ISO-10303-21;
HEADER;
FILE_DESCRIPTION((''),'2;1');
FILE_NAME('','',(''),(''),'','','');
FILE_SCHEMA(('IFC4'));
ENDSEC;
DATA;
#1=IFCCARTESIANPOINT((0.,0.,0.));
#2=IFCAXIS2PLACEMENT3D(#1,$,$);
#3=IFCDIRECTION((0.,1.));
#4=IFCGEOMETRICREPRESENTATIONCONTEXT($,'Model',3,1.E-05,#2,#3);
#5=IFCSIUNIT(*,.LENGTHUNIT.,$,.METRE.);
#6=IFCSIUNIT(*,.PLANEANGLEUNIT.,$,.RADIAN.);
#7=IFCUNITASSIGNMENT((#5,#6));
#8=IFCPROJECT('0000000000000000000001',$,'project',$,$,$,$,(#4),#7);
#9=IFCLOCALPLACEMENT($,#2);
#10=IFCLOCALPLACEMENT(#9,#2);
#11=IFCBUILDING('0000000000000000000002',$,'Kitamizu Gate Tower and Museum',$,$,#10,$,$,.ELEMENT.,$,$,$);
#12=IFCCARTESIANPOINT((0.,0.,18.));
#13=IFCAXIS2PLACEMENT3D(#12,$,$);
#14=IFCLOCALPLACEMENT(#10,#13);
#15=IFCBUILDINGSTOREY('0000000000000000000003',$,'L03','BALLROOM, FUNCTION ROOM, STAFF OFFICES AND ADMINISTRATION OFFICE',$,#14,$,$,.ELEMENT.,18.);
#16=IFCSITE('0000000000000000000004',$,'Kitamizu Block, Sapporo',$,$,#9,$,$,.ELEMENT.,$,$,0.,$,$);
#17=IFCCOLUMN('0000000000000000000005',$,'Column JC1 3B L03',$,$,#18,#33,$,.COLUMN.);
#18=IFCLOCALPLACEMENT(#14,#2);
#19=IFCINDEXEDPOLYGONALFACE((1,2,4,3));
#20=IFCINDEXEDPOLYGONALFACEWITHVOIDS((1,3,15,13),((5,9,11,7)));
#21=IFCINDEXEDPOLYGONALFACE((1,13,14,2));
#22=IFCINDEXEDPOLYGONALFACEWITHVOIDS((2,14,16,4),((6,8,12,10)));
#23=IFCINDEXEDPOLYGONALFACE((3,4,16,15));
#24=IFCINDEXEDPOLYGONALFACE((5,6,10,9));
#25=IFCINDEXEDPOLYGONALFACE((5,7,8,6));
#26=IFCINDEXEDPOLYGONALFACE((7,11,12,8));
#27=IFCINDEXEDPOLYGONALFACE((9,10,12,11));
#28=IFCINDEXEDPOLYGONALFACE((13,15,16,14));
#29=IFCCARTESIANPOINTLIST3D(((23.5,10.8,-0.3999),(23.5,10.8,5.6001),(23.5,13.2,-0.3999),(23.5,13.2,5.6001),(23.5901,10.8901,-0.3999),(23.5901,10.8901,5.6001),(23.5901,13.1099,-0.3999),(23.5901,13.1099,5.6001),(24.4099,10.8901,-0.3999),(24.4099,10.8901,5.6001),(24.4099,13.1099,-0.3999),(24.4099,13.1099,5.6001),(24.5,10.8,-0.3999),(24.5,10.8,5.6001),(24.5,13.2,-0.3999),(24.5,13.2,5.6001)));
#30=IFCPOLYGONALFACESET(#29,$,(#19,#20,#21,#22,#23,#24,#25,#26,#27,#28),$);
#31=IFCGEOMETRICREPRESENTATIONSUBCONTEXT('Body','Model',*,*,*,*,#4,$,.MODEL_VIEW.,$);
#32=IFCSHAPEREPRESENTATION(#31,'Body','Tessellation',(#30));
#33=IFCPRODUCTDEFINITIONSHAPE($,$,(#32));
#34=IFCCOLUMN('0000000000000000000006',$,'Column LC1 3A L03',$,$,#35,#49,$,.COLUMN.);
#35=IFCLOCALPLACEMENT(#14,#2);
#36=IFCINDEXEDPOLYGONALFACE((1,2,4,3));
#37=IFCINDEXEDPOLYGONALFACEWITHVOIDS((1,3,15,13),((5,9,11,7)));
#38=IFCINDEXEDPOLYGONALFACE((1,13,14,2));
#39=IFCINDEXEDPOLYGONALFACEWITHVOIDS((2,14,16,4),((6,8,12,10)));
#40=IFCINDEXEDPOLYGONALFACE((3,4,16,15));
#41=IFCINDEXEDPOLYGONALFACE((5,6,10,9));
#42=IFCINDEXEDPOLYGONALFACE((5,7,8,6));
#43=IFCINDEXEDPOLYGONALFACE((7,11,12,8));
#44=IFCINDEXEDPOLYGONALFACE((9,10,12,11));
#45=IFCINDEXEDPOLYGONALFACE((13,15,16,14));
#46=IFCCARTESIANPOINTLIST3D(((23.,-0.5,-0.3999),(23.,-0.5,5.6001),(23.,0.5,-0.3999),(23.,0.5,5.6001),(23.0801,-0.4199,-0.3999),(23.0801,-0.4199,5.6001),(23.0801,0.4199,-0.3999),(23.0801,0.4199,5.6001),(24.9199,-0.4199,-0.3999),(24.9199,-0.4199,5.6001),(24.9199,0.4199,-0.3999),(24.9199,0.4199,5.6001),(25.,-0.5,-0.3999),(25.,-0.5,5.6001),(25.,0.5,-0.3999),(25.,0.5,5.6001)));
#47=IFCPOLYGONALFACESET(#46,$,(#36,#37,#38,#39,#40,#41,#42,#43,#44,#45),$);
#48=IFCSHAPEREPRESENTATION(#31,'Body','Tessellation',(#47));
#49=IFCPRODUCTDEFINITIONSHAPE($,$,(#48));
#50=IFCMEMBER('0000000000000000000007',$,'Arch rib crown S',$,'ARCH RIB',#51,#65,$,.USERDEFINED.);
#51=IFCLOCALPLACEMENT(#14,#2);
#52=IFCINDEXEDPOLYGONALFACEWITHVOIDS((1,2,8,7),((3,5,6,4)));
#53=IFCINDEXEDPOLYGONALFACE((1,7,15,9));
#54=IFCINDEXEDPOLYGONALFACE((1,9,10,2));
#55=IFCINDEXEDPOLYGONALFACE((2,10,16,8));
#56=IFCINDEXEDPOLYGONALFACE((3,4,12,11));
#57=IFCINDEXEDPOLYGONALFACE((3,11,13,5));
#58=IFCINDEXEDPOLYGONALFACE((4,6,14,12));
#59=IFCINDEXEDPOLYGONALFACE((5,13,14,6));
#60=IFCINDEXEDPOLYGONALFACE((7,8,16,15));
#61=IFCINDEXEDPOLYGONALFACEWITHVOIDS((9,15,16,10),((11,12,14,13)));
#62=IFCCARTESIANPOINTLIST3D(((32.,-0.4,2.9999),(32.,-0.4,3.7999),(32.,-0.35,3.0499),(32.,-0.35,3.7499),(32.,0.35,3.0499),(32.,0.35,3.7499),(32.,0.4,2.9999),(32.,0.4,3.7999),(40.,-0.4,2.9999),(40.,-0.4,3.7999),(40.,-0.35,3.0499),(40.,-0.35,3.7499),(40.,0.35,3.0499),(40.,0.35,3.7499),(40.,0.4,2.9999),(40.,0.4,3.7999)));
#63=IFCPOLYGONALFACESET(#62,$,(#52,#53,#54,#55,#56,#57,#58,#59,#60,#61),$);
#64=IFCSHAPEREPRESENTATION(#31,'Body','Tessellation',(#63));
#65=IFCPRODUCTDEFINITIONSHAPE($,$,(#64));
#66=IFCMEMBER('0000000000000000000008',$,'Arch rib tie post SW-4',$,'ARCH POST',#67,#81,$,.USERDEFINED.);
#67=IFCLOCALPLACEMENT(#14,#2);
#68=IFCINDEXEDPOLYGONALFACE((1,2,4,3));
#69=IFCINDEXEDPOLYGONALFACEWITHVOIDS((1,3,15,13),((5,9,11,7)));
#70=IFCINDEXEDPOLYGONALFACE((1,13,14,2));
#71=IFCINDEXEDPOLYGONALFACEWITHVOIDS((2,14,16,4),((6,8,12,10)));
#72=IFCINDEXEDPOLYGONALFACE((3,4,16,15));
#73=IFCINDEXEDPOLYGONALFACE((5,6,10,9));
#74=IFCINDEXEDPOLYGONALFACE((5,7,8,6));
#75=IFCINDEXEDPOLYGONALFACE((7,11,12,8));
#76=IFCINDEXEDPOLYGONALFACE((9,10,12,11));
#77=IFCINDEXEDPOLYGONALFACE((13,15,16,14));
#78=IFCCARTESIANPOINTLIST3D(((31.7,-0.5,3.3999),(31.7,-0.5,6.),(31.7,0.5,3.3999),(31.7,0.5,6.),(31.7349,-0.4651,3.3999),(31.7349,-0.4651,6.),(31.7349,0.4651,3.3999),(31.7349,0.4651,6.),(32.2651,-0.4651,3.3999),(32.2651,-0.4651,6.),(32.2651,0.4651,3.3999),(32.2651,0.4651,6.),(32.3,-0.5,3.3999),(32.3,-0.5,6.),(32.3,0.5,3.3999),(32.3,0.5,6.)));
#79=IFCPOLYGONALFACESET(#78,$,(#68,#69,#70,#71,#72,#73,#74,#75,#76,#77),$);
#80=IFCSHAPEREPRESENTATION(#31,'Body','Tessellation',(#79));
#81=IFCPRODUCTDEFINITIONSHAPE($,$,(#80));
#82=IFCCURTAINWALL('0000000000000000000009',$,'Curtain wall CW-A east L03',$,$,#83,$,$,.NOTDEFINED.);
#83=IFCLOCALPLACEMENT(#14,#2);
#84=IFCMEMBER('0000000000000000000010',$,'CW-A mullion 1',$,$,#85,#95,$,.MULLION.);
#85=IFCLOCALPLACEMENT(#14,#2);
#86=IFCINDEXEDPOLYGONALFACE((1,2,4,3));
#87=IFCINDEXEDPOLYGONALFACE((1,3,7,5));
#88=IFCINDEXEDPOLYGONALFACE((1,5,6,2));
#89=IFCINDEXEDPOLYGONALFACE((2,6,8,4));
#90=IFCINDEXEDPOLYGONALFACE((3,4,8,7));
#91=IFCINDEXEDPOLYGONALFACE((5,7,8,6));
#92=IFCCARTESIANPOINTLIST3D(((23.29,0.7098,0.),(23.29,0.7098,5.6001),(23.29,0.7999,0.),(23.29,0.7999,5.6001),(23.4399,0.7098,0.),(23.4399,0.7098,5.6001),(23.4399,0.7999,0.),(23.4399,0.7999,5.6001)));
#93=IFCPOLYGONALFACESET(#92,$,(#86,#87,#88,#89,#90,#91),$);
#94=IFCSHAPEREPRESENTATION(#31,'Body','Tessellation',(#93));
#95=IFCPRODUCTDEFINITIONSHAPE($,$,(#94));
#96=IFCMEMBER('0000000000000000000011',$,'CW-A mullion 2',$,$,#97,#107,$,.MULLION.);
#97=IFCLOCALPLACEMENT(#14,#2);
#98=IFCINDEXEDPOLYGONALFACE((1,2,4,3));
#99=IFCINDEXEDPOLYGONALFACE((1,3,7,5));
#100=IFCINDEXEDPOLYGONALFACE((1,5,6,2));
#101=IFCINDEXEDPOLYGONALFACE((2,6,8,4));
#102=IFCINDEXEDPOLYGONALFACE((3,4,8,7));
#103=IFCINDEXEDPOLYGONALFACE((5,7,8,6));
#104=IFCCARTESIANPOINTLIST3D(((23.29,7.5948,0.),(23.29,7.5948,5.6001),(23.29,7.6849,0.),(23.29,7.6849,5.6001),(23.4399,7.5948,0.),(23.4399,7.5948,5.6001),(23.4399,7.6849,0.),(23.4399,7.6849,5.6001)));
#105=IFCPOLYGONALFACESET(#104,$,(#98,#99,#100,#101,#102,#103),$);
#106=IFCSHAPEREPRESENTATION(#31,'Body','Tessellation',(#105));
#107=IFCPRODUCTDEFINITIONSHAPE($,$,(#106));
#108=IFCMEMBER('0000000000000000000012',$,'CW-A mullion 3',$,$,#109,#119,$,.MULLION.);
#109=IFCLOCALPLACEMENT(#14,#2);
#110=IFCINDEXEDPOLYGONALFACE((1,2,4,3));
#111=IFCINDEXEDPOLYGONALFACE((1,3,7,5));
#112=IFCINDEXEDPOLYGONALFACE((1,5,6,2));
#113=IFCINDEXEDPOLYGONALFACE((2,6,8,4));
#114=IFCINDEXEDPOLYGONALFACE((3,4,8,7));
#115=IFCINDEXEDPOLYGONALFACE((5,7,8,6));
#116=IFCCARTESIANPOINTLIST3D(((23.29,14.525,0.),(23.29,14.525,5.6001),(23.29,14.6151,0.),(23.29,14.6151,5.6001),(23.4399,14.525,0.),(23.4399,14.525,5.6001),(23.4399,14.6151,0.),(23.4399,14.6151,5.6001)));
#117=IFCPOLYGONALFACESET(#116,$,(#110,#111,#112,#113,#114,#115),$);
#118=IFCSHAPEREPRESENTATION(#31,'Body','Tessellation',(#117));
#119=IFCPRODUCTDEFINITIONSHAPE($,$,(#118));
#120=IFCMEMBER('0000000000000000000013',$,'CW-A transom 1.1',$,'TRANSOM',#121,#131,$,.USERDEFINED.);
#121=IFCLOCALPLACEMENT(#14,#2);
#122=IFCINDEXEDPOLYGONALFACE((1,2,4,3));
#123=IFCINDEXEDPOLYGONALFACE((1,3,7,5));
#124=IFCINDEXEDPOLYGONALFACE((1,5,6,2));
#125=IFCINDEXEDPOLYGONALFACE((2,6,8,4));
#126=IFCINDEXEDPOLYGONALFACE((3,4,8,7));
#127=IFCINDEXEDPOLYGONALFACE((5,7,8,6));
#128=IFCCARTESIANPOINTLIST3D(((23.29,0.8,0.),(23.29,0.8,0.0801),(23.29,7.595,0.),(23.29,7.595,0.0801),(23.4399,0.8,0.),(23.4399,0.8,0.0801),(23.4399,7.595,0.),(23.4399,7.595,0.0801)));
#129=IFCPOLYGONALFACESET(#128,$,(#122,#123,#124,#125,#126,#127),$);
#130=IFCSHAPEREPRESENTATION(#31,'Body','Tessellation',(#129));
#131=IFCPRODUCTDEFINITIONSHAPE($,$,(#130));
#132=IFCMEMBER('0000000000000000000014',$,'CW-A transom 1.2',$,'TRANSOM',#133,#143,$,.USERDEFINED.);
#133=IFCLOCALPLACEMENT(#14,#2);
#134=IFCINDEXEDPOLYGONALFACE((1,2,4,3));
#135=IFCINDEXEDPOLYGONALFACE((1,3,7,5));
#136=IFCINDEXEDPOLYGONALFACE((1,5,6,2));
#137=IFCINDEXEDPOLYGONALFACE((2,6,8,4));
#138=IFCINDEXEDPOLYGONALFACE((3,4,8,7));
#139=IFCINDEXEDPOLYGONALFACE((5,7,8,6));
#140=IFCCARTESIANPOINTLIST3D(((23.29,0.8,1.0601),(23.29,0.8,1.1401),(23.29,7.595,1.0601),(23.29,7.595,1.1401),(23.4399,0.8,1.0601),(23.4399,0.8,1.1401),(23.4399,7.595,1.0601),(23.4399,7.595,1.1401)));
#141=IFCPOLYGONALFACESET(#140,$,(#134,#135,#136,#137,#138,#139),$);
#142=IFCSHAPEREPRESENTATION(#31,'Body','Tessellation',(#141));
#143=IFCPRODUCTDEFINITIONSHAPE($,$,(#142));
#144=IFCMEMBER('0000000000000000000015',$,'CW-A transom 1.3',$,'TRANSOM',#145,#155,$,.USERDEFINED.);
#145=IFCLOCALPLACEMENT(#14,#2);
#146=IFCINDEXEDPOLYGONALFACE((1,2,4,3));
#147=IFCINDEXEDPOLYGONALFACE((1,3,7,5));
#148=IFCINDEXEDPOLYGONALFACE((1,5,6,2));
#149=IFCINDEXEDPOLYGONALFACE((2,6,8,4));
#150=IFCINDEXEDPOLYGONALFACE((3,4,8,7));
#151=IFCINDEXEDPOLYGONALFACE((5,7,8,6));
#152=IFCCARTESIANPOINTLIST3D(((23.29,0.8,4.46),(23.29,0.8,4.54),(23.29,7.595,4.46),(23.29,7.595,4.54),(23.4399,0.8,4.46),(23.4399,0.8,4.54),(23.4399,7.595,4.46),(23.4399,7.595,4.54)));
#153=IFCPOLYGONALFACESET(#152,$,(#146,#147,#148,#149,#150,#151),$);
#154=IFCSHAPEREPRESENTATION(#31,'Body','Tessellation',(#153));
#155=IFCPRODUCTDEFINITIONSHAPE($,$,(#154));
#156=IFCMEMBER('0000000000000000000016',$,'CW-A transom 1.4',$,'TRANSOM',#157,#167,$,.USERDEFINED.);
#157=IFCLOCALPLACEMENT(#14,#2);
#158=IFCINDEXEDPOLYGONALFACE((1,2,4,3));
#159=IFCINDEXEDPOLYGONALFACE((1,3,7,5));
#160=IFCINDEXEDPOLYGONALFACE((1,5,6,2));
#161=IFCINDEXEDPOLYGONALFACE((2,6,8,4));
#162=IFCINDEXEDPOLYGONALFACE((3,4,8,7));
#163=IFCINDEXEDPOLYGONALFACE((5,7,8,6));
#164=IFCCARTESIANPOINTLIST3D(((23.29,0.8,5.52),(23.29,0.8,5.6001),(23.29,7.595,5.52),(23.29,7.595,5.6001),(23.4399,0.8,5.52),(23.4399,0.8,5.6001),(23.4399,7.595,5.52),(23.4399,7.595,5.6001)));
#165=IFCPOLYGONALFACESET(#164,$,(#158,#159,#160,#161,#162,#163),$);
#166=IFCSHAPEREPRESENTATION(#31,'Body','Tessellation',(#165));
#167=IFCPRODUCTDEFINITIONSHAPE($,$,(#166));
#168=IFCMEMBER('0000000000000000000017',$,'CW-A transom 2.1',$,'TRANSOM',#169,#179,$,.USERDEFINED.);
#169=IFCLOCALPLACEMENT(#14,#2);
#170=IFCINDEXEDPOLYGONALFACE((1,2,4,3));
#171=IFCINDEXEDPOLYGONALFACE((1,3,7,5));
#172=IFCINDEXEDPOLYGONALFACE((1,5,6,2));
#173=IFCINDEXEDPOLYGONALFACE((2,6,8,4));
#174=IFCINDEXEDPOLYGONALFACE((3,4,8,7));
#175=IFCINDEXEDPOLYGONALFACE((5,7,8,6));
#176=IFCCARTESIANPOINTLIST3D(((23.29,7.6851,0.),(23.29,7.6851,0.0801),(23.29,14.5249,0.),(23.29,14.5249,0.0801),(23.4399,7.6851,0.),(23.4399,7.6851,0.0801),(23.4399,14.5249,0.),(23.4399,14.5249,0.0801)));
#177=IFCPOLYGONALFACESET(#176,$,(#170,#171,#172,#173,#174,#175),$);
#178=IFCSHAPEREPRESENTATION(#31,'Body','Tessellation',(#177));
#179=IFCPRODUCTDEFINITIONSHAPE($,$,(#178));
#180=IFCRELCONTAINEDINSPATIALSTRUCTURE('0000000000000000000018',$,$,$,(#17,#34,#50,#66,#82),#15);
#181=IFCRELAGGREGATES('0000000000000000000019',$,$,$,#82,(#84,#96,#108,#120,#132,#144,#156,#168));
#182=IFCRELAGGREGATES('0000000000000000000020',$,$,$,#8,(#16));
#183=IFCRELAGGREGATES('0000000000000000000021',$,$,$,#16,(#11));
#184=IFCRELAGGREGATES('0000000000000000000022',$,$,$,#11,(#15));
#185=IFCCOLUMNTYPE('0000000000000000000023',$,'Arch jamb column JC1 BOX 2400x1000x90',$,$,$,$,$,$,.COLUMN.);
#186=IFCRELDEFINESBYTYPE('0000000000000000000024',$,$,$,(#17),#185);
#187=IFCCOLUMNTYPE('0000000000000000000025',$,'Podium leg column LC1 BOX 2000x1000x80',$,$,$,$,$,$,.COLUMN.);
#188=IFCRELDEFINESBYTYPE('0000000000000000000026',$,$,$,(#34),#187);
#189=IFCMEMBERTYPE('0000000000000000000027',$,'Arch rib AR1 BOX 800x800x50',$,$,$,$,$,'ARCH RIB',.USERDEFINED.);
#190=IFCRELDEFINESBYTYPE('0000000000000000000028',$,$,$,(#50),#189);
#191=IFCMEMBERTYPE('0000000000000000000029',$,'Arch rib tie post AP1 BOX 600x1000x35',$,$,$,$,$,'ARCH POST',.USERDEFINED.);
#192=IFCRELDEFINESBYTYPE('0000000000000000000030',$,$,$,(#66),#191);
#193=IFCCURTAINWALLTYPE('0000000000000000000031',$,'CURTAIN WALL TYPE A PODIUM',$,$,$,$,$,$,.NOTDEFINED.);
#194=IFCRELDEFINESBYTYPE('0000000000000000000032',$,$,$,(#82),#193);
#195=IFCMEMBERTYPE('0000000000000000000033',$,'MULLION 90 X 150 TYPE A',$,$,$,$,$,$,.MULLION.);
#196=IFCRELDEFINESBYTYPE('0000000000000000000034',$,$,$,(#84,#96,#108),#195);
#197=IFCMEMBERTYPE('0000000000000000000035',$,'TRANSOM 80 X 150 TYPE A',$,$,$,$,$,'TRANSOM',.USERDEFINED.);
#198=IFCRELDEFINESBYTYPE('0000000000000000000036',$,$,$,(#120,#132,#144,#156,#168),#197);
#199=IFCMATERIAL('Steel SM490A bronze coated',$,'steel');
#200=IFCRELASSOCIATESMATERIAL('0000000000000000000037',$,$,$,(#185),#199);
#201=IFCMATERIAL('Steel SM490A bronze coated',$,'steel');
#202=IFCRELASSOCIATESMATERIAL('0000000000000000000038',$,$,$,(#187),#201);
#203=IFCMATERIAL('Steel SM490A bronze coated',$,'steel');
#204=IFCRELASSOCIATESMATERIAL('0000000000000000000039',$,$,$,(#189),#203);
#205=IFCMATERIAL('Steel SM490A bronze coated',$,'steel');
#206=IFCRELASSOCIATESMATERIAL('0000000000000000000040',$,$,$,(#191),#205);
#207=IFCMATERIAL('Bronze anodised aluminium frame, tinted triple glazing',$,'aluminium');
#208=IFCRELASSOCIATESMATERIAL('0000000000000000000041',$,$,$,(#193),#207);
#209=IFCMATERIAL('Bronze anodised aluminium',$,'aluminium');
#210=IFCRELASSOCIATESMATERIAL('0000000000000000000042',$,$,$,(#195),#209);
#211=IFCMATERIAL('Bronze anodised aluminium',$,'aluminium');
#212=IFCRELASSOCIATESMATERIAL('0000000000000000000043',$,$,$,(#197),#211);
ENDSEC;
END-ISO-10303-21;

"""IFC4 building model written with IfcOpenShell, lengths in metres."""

from ifc_helpers import new_model, si_unit, direction, frame, origin, origin_2d, place, context, subcontext, project, spatial, rectangle, hollow_rectangle, extrude, material, material_profile, profile_set, type_object, element, aggregate, save


model = new_model("IFC4")

# Units and contexts
model_context = context("Model", 3, precision=1e-05, world=origin(), true_north=direction((0.0, 1.0)))
body_context = subcontext(model_context, "Body", "Model", "MODEL_VIEW")
ifc_project = project(units=[si_unit("LENGTHUNIT", "METRE"), si_unit("PLANEANGLEUNIT", "RADIAN")], contexts=[model_context])

# Site, building, storey
site_placement = place(None, origin())
site = spatial("IfcSite", under=ifc_project, at=site_placement, Name="Kitamizu Block, Sapporo", CompositionType="ELEMENT", RefElevation=0.0)
building_placement = place(site_placement, origin())
building = spatial("IfcBuilding", under=site, at=building_placement, Name="Kitamizu Gate Tower and Museum", CompositionType="ELEMENT")
storey_placement = place(building_placement, frame((0.0, 0.0, 18.0)))
storey = spatial("IfcBuildingStorey", under=building, at=storey_placement, Name="L03", Description="BALLROOM, FUNCTION ROOM, STAFF OFFICES AND ADMINISTRATION OFFICE", CompositionType="ELEMENT", Elevation=18.0)

# Columns
ifc_material_1 = material(Name="Steel SM490A bronze coated", Category="steel")
ifc_material_profile_1 = material_profile(ifc_material_1, hollow_rectangle(XDim=2.3999, YDim=1.0, WallThickness=0.0901, at=origin_2d()), Name="BOX 2400x1000x90")
ifc_profile_set_1 = profile_set([ifc_material_profile_1], Name="Steel SM490A bronze coated")
column_type_1 = type_object("IfcColumnType", Name="Arch jamb column JC1 BOX 2400x1000x90", PredefinedType="COLUMN", material=ifc_profile_set_1)
column_1_placement = place(storey_placement, frame((24.0, 12.0, -0.3999), z_axis=(0.0, 0.0, 1.0), x_axis=(0.0, 1.0, 0.0)))
element("IfcColumn", 1, at=column_1_placement, inside=storey, type_object=column_type_1, Name="Column JC1 3B L03", PredefinedType="COLUMN", context=body_context, shape_type="SweptSolid", body=[
    extrude(hollow_rectangle(XDim=2.3999, YDim=1.0, WallThickness=0.0901, at=origin_2d()), origin(), (0.0, 0.0, 1.0), 6.0),
])
ifc_material_2 = material(Name="Steel SM490A bronze coated", Category="steel")
ifc_material_profile_2 = material_profile(ifc_material_2, hollow_rectangle(XDim=2.0, YDim=1.0, WallThickness=0.0801, at=origin_2d()), Name="BOX 2000x1000x80")
ifc_profile_set_2 = profile_set([ifc_material_profile_2], Name="Steel SM490A bronze coated")
column_type_2 = type_object("IfcColumnType", Name="Podium leg column LC1 BOX 2000x1000x80", PredefinedType="COLUMN", material=ifc_profile_set_2)
column_2_placement = place(storey_placement, frame((24.0, 0.0, -0.3999), z_axis=(0.0, 0.0, 1.0), x_axis=(1.0, 0.0, 0.0)))
element("IfcColumn", 2, at=column_2_placement, inside=storey, type_object=column_type_2, Name="Column LC1 3A L03", PredefinedType="COLUMN", context=body_context, shape_type="SweptSolid", body=[
    extrude(hollow_rectangle(XDim=2.0, YDim=1.0, WallThickness=0.0801, at=origin_2d()), origin(), (0.0, 0.0, 1.0), 6.0),
])

# Members
ifc_material_3 = material(Name="Steel SM490A bronze coated", Category="steel")
ifc_material_profile_3 = material_profile(ifc_material_3, hollow_rectangle(XDim=0.8, YDim=0.8, WallThickness=0.05, at=origin_2d()), Name="BOX 800x800x50")
ifc_profile_set_3 = profile_set([ifc_material_profile_3], Name="Steel SM490A bronze coated")
member_type_1 = type_object("IfcMemberType", Name="Arch rib AR1 BOX 800x800x50", ElementType="ARCH RIB", PredefinedType="USERDEFINED", material=ifc_profile_set_3)
member_1_placement = place(storey_placement, frame((32.0, 0.0, 3.3999), z_axis=(1.0, 0.0, 0.0), x_axis=(0.0, 1.0, 0.0)))
element("IfcMember", 3, at=member_1_placement, inside=storey, type_object=member_type_1, Name="Arch rib crown S", ObjectType="ARCH RIB", PredefinedType="USERDEFINED", context=body_context, shape_type="SweptSolid", body=[
    extrude(hollow_rectangle(XDim=0.8, YDim=0.8, WallThickness=0.05, at=origin_2d()), origin(), (0.0, 0.0, 1.0), 8.0),
])
ifc_material_4 = material(Name="Steel SM490A bronze coated", Category="steel")
ifc_material_profile_4 = material_profile(ifc_material_4, hollow_rectangle(XDim=0.6001, YDim=1.0, WallThickness=0.0349, at=origin_2d()), Name="BOX 600x1000x35")
ifc_profile_set_4 = profile_set([ifc_material_profile_4], Name="Steel SM490A bronze coated")
member_type_2 = type_object("IfcMemberType", Name="Arch rib tie post AP1 BOX 600x1000x35", ElementType="ARCH POST", PredefinedType="USERDEFINED", material=ifc_profile_set_4)
member_2_placement = place(storey_placement, frame((32.0, 0.0, 3.3999), z_axis=(0.0, 0.0, 1.0), x_axis=(1.0, 0.0, 0.0)))
element("IfcMember", 4, at=member_2_placement, inside=storey, type_object=member_type_2, Name="Arch rib tie post SW-4", ObjectType="ARCH POST", PredefinedType="USERDEFINED", context=body_context, shape_type="SweptSolid", body=[
    extrude(hollow_rectangle(XDim=0.6001, YDim=1.0, WallThickness=0.0349, at=origin_2d()), origin(), (0.0, 0.0, 1.0), 2.6001),
])

# Curtain wall, members
ifc_material_5 = material(Name="Bronze anodised aluminium frame, tinted triple glazing", Category="aluminium")
curtain_wall_type = type_object("IfcCurtainWallType", Name="CURTAIN WALL TYPE A PODIUM", PredefinedType="NOTDEFINED", material=ifc_material_5)
curtain_wall_placement = place(storey_placement, origin())
curtain_wall = element("IfcCurtainWall", 5, at=curtain_wall_placement, inside=storey, type_object=curtain_wall_type, Name="Curtain wall CW-A east L03", PredefinedType="NOTDEFINED")
ifc_material_6 = material(Name="Bronze anodised aluminium", Category="aluminium")
ifc_material_profile_5 = material_profile(ifc_material_6, rectangle(XDim=0.0901, YDim=0.1499, at=origin_2d()), Name="AL 90X150")
ifc_profile_set_5 = profile_set([ifc_material_profile_5], Name="Bronze anodised aluminium")
member_type_3 = type_object("IfcMemberType", Name="MULLION 90 X 150 TYPE A", PredefinedType="MULLION", material=ifc_profile_set_5)
member_3_placement = place(storey_placement, frame((23.365, 0.7549, 0.0), z_axis=(0.0, 0.0, 1.0), x_axis=(0.0, 1.0, 0.0)))
member_3 = element("IfcMember", 6, at=member_3_placement, type_object=member_type_3, Name="CW-A mullion 1", PredefinedType="MULLION", context=body_context, shape_type="SweptSolid", body=[
    extrude(rectangle(XDim=0.0901, YDim=0.1499, at=origin_2d()), origin(), (0.0, 0.0, 1.0), 5.6001),
])
member_4_placement = place(storey_placement, frame((23.365, 7.6399, 0.0), z_axis=(0.0, 0.0, 1.0), x_axis=(0.0, 1.0, 0.0)))
member_4 = element("IfcMember", 7, at=member_4_placement, type_object=member_type_3, Name="CW-A mullion 2", PredefinedType="MULLION", context=body_context, shape_type="SweptSolid", body=[
    extrude(rectangle(XDim=0.0901, YDim=0.1499, at=origin_2d()), origin(), (0.0, 0.0, 1.0), 5.6001),
])
member_5_placement = place(storey_placement, frame((23.365, 14.5701, 0.0), z_axis=(0.0, 0.0, 1.0), x_axis=(0.0, 1.0, 0.0)))
member_5 = element("IfcMember", 8, at=member_5_placement, type_object=member_type_3, Name="CW-A mullion 3", PredefinedType="MULLION", context=body_context, shape_type="SweptSolid", body=[
    extrude(rectangle(XDim=0.0901, YDim=0.1499, at=origin_2d()), origin(), (0.0, 0.0, 1.0), 5.6001),
])
ifc_material_7 = material(Name="Bronze anodised aluminium", Category="aluminium")
ifc_material_profile_6 = material_profile(ifc_material_7, rectangle(XDim=0.1499, YDim=0.0801, at=origin_2d()), Name="AL 80X150")
ifc_profile_set_6 = profile_set([ifc_material_profile_6], Name="Bronze anodised aluminium")
member_type_4 = type_object("IfcMemberType", Name="TRANSOM 80 X 150 TYPE A", ElementType="TRANSOM", PredefinedType="USERDEFINED", material=ifc_profile_set_6)
member_6_placement = place(storey_placement, frame((23.365, 0.8, 0.04), z_axis=(0.0, 1.0, 0.0), x_axis=(-1.0, 0.0, 0.0)))
member_6 = element("IfcMember", 9, at=member_6_placement, type_object=member_type_4, Name="CW-A transom 1.1", ObjectType="TRANSOM", PredefinedType="USERDEFINED", context=body_context, shape_type="SweptSolid", body=[
    extrude(rectangle(XDim=0.1499, YDim=0.0801, at=origin_2d()), origin(), (0.0, 0.0, 1.0), 6.7949),
])
member_7_placement = place(storey_placement, frame((23.365, 0.8, 1.1001), z_axis=(0.0, 1.0, 0.0), x_axis=(-1.0, 0.0, 0.0)))
member_7 = element("IfcMember", 10, at=member_7_placement, type_object=member_type_4, Name="CW-A transom 1.2", ObjectType="TRANSOM", PredefinedType="USERDEFINED", context=body_context, shape_type="SweptSolid", body=[
    extrude(rectangle(XDim=0.1499, YDim=0.0801, at=origin_2d()), origin(), (0.0, 0.0, 1.0), 6.7949),
])
member_8_placement = place(storey_placement, frame((23.365, 0.8, 4.5), z_axis=(0.0, 1.0, 0.0), x_axis=(-1.0, 0.0, 0.0)))
member_8 = element("IfcMember", 11, at=member_8_placement, type_object=member_type_4, Name="CW-A transom 1.3", ObjectType="TRANSOM", PredefinedType="USERDEFINED", context=body_context, shape_type="SweptSolid", body=[
    extrude(rectangle(XDim=0.1499, YDim=0.0801, at=origin_2d()), origin(), (0.0, 0.0, 1.0), 6.7949),
])
member_9_placement = place(storey_placement, frame((23.365, 0.8, 5.5601), z_axis=(0.0, 1.0, 0.0), x_axis=(-1.0, 0.0, 0.0)))
member_9 = element("IfcMember", 12, at=member_9_placement, type_object=member_type_4, Name="CW-A transom 1.4", ObjectType="TRANSOM", PredefinedType="USERDEFINED", context=body_context, shape_type="SweptSolid", body=[
    extrude(rectangle(XDim=0.1499, YDim=0.0801, at=origin_2d()), origin(), (0.0, 0.0, 1.0), 6.7949),
])
member_10_placement = place(storey_placement, frame((23.365, 7.6851, 0.04), z_axis=(0.0, 1.0, 0.0), x_axis=(-1.0, 0.0, 0.0)))
member_10 = element("IfcMember", 13, at=member_10_placement, type_object=member_type_4, Name="CW-A transom 2.1", ObjectType="TRANSOM", PredefinedType="USERDEFINED", context=body_context, shape_type="SweptSolid", body=[
    extrude(rectangle(XDim=0.1499, YDim=0.0801, at=origin_2d()), origin(), (0.0, 0.0, 1.0), 6.8398),
])
aggregate(curtain_wall, [member_3, member_4, member_5, member_6, member_7, member_8, member_9, member_10])

save(model, "model.ifc")
